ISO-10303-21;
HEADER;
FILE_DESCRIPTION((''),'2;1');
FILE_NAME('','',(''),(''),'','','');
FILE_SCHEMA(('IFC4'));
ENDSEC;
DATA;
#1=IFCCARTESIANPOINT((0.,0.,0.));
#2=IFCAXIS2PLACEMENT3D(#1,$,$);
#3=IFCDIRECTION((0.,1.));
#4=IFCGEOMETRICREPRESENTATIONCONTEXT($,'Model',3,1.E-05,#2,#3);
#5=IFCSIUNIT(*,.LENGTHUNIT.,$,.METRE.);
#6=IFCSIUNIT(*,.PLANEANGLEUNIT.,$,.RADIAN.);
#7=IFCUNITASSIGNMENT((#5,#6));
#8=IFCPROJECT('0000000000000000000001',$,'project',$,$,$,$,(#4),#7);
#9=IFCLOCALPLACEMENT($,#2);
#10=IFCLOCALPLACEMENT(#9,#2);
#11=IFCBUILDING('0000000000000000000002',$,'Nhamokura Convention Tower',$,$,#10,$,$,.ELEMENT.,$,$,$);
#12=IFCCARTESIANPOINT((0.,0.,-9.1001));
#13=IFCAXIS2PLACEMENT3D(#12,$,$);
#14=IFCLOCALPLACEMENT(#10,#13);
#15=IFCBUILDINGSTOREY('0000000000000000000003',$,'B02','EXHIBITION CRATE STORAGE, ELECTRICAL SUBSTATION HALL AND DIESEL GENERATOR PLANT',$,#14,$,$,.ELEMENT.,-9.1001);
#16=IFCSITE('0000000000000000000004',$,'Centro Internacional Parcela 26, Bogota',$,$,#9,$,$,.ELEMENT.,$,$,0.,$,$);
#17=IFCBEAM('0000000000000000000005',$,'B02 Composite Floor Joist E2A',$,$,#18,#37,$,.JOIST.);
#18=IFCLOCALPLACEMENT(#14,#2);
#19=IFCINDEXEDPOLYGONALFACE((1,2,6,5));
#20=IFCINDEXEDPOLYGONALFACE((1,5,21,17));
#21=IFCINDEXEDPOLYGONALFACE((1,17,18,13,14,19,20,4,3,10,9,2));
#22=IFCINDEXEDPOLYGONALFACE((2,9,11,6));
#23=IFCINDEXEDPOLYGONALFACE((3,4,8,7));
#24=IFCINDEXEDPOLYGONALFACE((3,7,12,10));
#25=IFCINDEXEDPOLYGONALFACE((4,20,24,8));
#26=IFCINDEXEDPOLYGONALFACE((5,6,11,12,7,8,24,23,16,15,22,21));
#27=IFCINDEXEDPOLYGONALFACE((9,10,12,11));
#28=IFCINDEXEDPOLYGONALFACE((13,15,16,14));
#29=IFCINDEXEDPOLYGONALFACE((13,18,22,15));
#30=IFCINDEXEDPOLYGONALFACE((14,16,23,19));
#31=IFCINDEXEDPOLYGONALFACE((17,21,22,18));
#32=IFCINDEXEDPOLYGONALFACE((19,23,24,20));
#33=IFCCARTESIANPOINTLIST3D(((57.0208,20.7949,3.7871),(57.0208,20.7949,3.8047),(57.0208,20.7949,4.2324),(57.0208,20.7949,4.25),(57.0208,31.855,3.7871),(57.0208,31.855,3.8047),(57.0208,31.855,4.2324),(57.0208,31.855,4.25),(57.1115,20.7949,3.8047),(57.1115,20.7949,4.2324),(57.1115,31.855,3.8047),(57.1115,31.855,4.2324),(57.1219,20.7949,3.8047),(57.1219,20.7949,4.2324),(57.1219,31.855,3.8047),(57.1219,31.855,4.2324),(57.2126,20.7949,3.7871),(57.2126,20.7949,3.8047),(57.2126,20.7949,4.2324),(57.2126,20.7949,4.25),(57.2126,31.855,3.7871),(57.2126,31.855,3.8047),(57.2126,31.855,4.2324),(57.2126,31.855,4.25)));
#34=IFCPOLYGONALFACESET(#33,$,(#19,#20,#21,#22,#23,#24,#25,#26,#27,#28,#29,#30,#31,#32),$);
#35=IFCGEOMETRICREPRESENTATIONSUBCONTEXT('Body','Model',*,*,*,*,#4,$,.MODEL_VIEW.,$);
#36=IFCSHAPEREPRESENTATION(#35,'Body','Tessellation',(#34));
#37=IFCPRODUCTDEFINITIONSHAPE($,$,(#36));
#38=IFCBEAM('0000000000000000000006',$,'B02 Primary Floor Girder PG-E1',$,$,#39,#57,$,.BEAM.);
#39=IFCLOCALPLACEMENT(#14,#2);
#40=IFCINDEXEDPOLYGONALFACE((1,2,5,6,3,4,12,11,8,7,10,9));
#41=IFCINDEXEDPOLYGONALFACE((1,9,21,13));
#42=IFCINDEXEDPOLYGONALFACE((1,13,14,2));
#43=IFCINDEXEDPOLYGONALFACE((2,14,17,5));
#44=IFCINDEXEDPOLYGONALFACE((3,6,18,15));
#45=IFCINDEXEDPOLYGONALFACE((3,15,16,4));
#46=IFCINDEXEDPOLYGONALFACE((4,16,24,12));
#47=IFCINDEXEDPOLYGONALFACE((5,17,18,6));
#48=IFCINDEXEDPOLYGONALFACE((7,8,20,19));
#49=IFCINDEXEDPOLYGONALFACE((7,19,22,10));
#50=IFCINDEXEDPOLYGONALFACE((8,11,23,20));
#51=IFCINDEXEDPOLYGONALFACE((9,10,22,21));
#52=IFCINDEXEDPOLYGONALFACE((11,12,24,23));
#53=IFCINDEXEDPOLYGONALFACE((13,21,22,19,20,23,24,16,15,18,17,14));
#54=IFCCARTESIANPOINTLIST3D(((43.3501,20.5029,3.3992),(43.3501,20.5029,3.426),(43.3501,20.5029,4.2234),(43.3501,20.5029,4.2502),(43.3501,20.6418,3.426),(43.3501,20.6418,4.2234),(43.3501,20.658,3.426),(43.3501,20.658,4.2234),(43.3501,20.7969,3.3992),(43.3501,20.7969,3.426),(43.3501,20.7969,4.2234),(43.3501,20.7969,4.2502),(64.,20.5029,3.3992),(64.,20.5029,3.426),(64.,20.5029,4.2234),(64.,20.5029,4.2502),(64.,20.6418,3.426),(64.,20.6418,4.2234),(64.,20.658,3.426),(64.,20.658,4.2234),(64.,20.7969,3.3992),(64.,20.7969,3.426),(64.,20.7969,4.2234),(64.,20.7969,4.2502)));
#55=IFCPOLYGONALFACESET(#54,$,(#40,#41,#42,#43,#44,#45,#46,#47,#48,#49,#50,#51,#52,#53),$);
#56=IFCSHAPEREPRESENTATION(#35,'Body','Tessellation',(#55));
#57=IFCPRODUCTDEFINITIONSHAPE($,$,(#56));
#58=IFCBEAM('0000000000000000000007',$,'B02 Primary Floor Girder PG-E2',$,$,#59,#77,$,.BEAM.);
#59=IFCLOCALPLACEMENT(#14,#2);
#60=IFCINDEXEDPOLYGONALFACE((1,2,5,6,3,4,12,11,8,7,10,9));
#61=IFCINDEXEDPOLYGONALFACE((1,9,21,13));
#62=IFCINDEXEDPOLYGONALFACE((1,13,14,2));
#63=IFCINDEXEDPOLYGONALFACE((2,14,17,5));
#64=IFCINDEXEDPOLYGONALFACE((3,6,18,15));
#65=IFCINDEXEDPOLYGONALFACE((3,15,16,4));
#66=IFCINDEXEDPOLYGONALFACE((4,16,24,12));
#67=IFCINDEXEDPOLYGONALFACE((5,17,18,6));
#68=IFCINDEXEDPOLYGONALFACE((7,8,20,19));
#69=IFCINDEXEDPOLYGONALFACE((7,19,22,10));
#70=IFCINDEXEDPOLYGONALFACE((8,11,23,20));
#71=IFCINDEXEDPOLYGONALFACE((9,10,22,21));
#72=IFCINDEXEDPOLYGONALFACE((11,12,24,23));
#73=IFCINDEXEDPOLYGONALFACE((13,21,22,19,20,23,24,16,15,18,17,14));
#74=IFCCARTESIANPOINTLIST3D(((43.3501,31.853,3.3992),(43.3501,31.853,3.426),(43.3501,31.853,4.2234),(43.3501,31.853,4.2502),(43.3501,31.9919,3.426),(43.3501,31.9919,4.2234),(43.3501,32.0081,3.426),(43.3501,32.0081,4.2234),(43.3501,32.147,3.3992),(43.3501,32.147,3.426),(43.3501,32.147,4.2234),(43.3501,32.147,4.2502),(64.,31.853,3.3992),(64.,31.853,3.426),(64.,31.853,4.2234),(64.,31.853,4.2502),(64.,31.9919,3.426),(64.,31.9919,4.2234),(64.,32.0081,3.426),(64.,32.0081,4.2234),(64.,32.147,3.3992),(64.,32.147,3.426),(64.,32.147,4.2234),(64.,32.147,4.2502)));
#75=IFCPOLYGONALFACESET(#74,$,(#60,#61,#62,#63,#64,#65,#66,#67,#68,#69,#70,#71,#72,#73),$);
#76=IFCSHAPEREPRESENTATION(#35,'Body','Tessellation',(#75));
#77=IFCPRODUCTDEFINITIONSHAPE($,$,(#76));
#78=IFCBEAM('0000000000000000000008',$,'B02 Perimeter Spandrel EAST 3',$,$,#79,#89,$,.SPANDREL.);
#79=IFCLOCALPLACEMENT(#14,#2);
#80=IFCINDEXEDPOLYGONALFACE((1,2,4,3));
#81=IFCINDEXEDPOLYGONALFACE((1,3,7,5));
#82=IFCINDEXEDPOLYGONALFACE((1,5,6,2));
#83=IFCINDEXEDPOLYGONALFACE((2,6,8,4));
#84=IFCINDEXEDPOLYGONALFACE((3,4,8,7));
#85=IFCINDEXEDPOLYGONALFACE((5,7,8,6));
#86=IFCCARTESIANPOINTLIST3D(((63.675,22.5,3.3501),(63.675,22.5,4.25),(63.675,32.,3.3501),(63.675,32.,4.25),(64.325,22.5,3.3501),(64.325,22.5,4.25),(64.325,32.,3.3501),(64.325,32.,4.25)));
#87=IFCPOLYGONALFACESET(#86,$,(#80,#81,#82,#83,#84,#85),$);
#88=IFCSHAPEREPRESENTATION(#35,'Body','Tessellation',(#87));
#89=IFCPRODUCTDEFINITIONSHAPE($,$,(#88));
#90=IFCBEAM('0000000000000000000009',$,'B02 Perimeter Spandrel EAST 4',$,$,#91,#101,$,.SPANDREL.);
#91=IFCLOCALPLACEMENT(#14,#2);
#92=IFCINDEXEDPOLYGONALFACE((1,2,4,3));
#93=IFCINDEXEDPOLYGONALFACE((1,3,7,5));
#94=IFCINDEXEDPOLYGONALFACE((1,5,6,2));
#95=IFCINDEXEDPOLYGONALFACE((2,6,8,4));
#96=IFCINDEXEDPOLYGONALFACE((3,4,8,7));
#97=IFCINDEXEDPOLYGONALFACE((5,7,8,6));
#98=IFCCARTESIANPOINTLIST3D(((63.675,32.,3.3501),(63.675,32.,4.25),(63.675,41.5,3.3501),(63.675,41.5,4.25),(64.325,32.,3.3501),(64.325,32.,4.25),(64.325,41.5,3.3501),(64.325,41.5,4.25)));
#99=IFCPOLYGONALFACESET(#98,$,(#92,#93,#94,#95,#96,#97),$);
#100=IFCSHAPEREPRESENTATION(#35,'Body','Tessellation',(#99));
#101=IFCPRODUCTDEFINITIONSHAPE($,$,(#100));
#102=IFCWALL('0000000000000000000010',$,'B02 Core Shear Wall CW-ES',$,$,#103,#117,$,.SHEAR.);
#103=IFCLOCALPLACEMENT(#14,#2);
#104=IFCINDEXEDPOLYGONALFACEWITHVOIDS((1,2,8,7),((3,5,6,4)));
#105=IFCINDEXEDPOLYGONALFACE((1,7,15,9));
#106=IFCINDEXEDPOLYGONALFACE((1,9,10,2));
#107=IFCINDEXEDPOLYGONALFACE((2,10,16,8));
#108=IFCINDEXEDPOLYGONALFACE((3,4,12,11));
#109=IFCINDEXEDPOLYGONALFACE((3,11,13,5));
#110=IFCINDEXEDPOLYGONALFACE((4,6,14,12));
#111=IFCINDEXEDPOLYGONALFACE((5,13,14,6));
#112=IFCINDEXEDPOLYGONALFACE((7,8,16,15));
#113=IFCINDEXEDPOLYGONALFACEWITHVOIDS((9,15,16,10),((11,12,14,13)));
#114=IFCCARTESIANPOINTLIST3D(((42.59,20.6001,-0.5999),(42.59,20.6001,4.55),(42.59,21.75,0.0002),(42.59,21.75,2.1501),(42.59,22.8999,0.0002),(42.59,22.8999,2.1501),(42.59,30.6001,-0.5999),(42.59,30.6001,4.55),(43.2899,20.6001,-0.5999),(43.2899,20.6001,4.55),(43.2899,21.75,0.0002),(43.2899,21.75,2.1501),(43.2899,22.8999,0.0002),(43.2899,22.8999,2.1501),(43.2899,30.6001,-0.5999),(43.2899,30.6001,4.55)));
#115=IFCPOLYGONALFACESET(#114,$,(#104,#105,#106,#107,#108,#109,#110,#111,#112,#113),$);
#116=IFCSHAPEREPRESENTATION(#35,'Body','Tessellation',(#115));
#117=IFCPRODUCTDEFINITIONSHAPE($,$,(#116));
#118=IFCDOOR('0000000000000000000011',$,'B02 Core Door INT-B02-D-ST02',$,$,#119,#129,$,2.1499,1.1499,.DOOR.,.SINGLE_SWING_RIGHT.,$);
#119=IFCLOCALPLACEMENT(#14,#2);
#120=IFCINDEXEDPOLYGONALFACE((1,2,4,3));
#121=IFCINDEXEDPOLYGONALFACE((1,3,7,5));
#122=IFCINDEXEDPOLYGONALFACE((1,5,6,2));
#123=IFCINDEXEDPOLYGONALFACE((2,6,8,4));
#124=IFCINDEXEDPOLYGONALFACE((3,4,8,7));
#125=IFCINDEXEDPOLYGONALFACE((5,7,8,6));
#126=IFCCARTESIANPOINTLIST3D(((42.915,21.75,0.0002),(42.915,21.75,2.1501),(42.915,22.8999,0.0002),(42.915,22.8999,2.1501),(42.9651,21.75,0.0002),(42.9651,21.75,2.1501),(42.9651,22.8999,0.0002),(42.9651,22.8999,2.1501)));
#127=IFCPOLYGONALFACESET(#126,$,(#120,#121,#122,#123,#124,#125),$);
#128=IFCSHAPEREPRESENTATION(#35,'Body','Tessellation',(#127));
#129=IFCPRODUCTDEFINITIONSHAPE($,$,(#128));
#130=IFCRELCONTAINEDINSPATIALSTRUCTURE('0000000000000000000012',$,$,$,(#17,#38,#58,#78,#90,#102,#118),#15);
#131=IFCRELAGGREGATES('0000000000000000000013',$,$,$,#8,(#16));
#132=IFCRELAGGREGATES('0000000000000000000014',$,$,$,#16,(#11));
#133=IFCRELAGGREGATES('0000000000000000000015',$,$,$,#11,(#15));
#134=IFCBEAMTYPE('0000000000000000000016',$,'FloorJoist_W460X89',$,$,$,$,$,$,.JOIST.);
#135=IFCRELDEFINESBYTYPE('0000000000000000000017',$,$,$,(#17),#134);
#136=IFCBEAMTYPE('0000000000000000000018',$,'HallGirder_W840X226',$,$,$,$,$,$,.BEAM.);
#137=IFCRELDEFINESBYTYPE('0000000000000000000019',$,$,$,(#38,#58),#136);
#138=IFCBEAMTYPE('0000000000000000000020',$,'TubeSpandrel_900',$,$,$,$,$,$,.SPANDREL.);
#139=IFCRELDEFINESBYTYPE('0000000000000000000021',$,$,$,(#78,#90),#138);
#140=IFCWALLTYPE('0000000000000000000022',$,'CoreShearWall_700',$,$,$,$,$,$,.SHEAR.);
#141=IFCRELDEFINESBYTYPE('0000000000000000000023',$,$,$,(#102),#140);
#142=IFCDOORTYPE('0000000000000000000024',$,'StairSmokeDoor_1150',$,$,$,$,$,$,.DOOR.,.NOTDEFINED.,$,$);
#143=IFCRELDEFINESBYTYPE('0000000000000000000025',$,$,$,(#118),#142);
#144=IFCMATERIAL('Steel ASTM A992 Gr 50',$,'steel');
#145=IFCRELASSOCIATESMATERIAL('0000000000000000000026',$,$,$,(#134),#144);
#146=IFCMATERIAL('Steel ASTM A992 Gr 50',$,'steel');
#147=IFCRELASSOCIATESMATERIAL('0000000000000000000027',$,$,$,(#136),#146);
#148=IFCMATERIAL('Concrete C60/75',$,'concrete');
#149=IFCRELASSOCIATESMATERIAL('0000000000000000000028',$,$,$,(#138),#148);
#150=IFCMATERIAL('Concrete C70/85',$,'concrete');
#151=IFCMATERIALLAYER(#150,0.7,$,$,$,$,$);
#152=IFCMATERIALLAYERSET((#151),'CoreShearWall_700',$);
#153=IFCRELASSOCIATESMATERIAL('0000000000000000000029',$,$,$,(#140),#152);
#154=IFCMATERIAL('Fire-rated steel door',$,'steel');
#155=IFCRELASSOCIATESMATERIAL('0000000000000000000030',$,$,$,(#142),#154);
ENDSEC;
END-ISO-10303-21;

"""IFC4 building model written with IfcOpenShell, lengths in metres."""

from ifc_helpers import new_model, si_unit, direction, frame, frame_2d, origin, origin_2d, place, context, subcontext, project, spatial, rectangle, i_section, extrude, material, layer, layer_set, material_profile, profile_set, type_object, element, fill, save


model = new_model("IFC4")

# Units and contexts
model_context = context("Model", 3, precision=1e-05, world=origin(), true_north=direction((0.0, 1.0)))
body_context = subcontext(model_context, "Body", "Model", "MODEL_VIEW")
ifc_project = project(units=[si_unit("LENGTHUNIT", "METRE"), si_unit("PLANEANGLEUNIT", "RADIAN")], contexts=[model_context])

# Site, building, storey
site_placement = place(None, origin())
site = spatial("IfcSite", under=ifc_project, at=site_placement, Name="Centro Internacional Parcela 26, Bogota", CompositionType="ELEMENT", RefElevation=0.0)
building_placement = place(site_placement, origin())
building = spatial("IfcBuilding", under=site, at=building_placement, Name="Nhamokura Convention Tower", CompositionType="ELEMENT")
storey_placement = place(building_placement, frame((0.0, 0.0, -9.1001)))
storey = spatial("IfcBuildingStorey", under=building, at=storey_placement, Name="B02", Description="EXHIBITION CRATE STORAGE, ELECTRICAL SUBSTATION HALL AND DIESEL GENERATOR PLANT", CompositionType="ELEMENT", Elevation=-9.1001)

# Beams
ifc_material_1 = material(Name="Steel ASTM A992 Gr 50", Category="steel")
ifc_material_profile_1 = material_profile(ifc_material_1, i_section(OverallWidth=0.1919, OverallDepth=0.4629, WebThickness=0.0105, FlangeThickness=0.0176, at=origin_2d()))
ifc_profile_set_1 = profile_set([ifc_material_profile_1], Name="Steel ASTM A992 Gr 50")
beam_type_1 = type_object("IfcBeamType", Name="FloorJoist_W460X89", PredefinedType="JOIST", material=ifc_profile_set_1)
for number, where, z_axis, x_axis, name in (
    (1, (57.1167, 20.7949, 4.0186), (0.0, 1.0, 0.0), (-1.0, 0.0, 0.0), "B02 Composite Floor Joist E2A"),
):
    element("IfcBeam", number, at=place(storey_placement, frame(where, z_axis=z_axis, x_axis=x_axis)), inside=storey, type_object=beam_type_1, Name=name, PredefinedType="JOIST", context=body_context, shape_type="SweptSolid", body=[
        extrude(i_section(OverallWidth=0.1919, OverallDepth=0.4629, WebThickness=0.0105, FlangeThickness=0.0176, at=origin_2d()), origin(), (0.0, 0.0, 1.0), 11.0601),
    ])
ifc_material_2 = material(Name="Steel ASTM A992 Gr 50", Category="steel")
ifc_material_profile_2 = material_profile(ifc_material_2, i_section(OverallWidth=0.2939, OverallDepth=0.8511, WebThickness=0.0161, FlangeThickness=0.0269, at=origin_2d()))
ifc_profile_set_2 = profile_set([ifc_material_profile_2], Name="Steel ASTM A992 Gr 50")
beam_type_2 = type_object("IfcBeamType", Name="HallGirder_W840X226", PredefinedType="BEAM", material=ifc_profile_set_2)
for number, where, z_axis, x_axis, name in (
    (2, (43.3501, 20.6499, 3.8247), (1.0, 0.0, 0.0), (0.0, 1.0, 0.0), "B02 Primary Floor Girder PG-E1"),
    (3, (43.3501, 32.0, 3.8247), (1.0, 0.0, 0.0), (0.0, 1.0, 0.0), "B02 Primary Floor Girder PG-E2"),
):
    element("IfcBeam", number, at=place(storey_placement, frame(where, z_axis=z_axis, x_axis=x_axis)), inside=storey, type_object=beam_type_2, Name=name, PredefinedType="BEAM", context=body_context, shape_type="SweptSolid", body=[
        extrude(i_section(OverallWidth=0.2939, OverallDepth=0.8511, WebThickness=0.0161, FlangeThickness=0.0269, at=origin_2d()), origin(), (0.0, 0.0, 1.0), 20.6499),
    ])
ifc_material_3 = material(Name="Concrete C60/75", Category="concrete")
ifc_material_profile_3 = material_profile(ifc_material_3, rectangle(XDim=0.6499, YDim=0.8999, at=origin_2d()))
ifc_profile_set_3 = profile_set([ifc_material_profile_3], Name="Concrete C60/75")
beam_type_3 = type_object("IfcBeamType", Name="TubeSpandrel_900", PredefinedType="SPANDREL", material=ifc_profile_set_3)
for number, where, z_axis, x_axis, name in (
    (4, (64.0, 22.5, 3.8), (0.0, 1.0, 0.0), (-1.0, 0.0, 0.0), "B02 Perimeter Spandrel EAST 3"),
    (5, (64.0, 32.0, 3.8), (0.0, 1.0, 0.0), (-1.0, 0.0, 0.0), "B02 Perimeter Spandrel EAST 4"),
):
    element("IfcBeam", number, at=place(storey_placement, frame(where, z_axis=z_axis, x_axis=x_axis)), inside=storey, type_object=beam_type_3, Name=name, PredefinedType="SPANDREL", context=body_context, shape_type="SweptSolid", body=[
        extrude(rectangle(XDim=0.6499, YDim=0.8999, at=origin_2d()), origin(), (0.0, 0.0, 1.0), 9.5),
    ])

# Wall, opening, door
ifc_material_4 = material(Name="Concrete C70/85", Category="concrete")
ifc_layer = layer(ifc_material_4, 0.7)
ifc_layer_set = layer_set([ifc_layer], Name="CoreShearWall_700")
wall_type = type_object("IfcWallType", Name="CoreShearWall_700", PredefinedType="SHEAR", material=ifc_layer_set)
wall_1_placement = place(storey_placement, frame((42.9399, 20.6001, -0.5999), z_axis=(0.0, 0.0, 1.0), x_axis=(0.0, 1.0, 0.0)))
wall_1 = element("IfcWall", 6, at=wall_1_placement, inside=storey, type_object=wall_type, Name="B02 Core Shear Wall CW-ES", PredefinedType="SHEAR", context=body_context, shape_type="SweptSolid", body=[
    extrude(rectangle(XDim=10.0, YDim=0.7, at=frame_2d((5.0, 0.0))), origin(), (0.0, 0.0, 1.0), 5.1499),
])
opening_1_placement = place(wall_1_placement, frame((1.1499, 0.0, 0.6001)))
opening_1 = element("IfcOpeningElement", 7, at=opening_1_placement, cuts=wall_1, PredefinedType="OPENING", context=body_context, shape_type="SweptSolid", body=[
    extrude(rectangle(XDim=1.1499, YDim=2.1499, at=frame_2d((0.575, 1.075))), frame((0.0, 0.3599, 0.0), z_axis=(0.0, -1.0, 0.0), x_axis=(1.0, 0.0, 0.0)), (0.0, 0.0, 1.0), 0.72),
])
ifc_material_5 = material(Name="Fire-rated steel door", Category="steel")
door_type_1 = type_object("IfcDoorType", Name="StairSmokeDoor_1150", OperationType="NOTDEFINED", PredefinedType="DOOR", material=ifc_material_5)
door_1_placement = place(opening_1_placement, origin())
door_1 = element("IfcDoor", 8, at=door_1_placement, inside=storey, type_object=door_type_1, Name="B02 Core Door INT-B02-D-ST02", OperationType="SINGLE_SWING_RIGHT", OverallHeight=2.1499, OverallWidth=1.1499, PredefinedType="DOOR", context=body_context, shape_type="SweptSolid", body=[
    extrude(rectangle(XDim=1.1499, YDim=2.1499, at=frame_2d((0.575, 1.075))), frame((0.0, 0.0249, 0.0), z_axis=(0.0, -1.0, 0.0), x_axis=(1.0, 0.0, 0.0)), (0.0, 0.0, 1.0), 0.05),
])
fill(opening_1, door_1)

save(model, "model.ifc")
